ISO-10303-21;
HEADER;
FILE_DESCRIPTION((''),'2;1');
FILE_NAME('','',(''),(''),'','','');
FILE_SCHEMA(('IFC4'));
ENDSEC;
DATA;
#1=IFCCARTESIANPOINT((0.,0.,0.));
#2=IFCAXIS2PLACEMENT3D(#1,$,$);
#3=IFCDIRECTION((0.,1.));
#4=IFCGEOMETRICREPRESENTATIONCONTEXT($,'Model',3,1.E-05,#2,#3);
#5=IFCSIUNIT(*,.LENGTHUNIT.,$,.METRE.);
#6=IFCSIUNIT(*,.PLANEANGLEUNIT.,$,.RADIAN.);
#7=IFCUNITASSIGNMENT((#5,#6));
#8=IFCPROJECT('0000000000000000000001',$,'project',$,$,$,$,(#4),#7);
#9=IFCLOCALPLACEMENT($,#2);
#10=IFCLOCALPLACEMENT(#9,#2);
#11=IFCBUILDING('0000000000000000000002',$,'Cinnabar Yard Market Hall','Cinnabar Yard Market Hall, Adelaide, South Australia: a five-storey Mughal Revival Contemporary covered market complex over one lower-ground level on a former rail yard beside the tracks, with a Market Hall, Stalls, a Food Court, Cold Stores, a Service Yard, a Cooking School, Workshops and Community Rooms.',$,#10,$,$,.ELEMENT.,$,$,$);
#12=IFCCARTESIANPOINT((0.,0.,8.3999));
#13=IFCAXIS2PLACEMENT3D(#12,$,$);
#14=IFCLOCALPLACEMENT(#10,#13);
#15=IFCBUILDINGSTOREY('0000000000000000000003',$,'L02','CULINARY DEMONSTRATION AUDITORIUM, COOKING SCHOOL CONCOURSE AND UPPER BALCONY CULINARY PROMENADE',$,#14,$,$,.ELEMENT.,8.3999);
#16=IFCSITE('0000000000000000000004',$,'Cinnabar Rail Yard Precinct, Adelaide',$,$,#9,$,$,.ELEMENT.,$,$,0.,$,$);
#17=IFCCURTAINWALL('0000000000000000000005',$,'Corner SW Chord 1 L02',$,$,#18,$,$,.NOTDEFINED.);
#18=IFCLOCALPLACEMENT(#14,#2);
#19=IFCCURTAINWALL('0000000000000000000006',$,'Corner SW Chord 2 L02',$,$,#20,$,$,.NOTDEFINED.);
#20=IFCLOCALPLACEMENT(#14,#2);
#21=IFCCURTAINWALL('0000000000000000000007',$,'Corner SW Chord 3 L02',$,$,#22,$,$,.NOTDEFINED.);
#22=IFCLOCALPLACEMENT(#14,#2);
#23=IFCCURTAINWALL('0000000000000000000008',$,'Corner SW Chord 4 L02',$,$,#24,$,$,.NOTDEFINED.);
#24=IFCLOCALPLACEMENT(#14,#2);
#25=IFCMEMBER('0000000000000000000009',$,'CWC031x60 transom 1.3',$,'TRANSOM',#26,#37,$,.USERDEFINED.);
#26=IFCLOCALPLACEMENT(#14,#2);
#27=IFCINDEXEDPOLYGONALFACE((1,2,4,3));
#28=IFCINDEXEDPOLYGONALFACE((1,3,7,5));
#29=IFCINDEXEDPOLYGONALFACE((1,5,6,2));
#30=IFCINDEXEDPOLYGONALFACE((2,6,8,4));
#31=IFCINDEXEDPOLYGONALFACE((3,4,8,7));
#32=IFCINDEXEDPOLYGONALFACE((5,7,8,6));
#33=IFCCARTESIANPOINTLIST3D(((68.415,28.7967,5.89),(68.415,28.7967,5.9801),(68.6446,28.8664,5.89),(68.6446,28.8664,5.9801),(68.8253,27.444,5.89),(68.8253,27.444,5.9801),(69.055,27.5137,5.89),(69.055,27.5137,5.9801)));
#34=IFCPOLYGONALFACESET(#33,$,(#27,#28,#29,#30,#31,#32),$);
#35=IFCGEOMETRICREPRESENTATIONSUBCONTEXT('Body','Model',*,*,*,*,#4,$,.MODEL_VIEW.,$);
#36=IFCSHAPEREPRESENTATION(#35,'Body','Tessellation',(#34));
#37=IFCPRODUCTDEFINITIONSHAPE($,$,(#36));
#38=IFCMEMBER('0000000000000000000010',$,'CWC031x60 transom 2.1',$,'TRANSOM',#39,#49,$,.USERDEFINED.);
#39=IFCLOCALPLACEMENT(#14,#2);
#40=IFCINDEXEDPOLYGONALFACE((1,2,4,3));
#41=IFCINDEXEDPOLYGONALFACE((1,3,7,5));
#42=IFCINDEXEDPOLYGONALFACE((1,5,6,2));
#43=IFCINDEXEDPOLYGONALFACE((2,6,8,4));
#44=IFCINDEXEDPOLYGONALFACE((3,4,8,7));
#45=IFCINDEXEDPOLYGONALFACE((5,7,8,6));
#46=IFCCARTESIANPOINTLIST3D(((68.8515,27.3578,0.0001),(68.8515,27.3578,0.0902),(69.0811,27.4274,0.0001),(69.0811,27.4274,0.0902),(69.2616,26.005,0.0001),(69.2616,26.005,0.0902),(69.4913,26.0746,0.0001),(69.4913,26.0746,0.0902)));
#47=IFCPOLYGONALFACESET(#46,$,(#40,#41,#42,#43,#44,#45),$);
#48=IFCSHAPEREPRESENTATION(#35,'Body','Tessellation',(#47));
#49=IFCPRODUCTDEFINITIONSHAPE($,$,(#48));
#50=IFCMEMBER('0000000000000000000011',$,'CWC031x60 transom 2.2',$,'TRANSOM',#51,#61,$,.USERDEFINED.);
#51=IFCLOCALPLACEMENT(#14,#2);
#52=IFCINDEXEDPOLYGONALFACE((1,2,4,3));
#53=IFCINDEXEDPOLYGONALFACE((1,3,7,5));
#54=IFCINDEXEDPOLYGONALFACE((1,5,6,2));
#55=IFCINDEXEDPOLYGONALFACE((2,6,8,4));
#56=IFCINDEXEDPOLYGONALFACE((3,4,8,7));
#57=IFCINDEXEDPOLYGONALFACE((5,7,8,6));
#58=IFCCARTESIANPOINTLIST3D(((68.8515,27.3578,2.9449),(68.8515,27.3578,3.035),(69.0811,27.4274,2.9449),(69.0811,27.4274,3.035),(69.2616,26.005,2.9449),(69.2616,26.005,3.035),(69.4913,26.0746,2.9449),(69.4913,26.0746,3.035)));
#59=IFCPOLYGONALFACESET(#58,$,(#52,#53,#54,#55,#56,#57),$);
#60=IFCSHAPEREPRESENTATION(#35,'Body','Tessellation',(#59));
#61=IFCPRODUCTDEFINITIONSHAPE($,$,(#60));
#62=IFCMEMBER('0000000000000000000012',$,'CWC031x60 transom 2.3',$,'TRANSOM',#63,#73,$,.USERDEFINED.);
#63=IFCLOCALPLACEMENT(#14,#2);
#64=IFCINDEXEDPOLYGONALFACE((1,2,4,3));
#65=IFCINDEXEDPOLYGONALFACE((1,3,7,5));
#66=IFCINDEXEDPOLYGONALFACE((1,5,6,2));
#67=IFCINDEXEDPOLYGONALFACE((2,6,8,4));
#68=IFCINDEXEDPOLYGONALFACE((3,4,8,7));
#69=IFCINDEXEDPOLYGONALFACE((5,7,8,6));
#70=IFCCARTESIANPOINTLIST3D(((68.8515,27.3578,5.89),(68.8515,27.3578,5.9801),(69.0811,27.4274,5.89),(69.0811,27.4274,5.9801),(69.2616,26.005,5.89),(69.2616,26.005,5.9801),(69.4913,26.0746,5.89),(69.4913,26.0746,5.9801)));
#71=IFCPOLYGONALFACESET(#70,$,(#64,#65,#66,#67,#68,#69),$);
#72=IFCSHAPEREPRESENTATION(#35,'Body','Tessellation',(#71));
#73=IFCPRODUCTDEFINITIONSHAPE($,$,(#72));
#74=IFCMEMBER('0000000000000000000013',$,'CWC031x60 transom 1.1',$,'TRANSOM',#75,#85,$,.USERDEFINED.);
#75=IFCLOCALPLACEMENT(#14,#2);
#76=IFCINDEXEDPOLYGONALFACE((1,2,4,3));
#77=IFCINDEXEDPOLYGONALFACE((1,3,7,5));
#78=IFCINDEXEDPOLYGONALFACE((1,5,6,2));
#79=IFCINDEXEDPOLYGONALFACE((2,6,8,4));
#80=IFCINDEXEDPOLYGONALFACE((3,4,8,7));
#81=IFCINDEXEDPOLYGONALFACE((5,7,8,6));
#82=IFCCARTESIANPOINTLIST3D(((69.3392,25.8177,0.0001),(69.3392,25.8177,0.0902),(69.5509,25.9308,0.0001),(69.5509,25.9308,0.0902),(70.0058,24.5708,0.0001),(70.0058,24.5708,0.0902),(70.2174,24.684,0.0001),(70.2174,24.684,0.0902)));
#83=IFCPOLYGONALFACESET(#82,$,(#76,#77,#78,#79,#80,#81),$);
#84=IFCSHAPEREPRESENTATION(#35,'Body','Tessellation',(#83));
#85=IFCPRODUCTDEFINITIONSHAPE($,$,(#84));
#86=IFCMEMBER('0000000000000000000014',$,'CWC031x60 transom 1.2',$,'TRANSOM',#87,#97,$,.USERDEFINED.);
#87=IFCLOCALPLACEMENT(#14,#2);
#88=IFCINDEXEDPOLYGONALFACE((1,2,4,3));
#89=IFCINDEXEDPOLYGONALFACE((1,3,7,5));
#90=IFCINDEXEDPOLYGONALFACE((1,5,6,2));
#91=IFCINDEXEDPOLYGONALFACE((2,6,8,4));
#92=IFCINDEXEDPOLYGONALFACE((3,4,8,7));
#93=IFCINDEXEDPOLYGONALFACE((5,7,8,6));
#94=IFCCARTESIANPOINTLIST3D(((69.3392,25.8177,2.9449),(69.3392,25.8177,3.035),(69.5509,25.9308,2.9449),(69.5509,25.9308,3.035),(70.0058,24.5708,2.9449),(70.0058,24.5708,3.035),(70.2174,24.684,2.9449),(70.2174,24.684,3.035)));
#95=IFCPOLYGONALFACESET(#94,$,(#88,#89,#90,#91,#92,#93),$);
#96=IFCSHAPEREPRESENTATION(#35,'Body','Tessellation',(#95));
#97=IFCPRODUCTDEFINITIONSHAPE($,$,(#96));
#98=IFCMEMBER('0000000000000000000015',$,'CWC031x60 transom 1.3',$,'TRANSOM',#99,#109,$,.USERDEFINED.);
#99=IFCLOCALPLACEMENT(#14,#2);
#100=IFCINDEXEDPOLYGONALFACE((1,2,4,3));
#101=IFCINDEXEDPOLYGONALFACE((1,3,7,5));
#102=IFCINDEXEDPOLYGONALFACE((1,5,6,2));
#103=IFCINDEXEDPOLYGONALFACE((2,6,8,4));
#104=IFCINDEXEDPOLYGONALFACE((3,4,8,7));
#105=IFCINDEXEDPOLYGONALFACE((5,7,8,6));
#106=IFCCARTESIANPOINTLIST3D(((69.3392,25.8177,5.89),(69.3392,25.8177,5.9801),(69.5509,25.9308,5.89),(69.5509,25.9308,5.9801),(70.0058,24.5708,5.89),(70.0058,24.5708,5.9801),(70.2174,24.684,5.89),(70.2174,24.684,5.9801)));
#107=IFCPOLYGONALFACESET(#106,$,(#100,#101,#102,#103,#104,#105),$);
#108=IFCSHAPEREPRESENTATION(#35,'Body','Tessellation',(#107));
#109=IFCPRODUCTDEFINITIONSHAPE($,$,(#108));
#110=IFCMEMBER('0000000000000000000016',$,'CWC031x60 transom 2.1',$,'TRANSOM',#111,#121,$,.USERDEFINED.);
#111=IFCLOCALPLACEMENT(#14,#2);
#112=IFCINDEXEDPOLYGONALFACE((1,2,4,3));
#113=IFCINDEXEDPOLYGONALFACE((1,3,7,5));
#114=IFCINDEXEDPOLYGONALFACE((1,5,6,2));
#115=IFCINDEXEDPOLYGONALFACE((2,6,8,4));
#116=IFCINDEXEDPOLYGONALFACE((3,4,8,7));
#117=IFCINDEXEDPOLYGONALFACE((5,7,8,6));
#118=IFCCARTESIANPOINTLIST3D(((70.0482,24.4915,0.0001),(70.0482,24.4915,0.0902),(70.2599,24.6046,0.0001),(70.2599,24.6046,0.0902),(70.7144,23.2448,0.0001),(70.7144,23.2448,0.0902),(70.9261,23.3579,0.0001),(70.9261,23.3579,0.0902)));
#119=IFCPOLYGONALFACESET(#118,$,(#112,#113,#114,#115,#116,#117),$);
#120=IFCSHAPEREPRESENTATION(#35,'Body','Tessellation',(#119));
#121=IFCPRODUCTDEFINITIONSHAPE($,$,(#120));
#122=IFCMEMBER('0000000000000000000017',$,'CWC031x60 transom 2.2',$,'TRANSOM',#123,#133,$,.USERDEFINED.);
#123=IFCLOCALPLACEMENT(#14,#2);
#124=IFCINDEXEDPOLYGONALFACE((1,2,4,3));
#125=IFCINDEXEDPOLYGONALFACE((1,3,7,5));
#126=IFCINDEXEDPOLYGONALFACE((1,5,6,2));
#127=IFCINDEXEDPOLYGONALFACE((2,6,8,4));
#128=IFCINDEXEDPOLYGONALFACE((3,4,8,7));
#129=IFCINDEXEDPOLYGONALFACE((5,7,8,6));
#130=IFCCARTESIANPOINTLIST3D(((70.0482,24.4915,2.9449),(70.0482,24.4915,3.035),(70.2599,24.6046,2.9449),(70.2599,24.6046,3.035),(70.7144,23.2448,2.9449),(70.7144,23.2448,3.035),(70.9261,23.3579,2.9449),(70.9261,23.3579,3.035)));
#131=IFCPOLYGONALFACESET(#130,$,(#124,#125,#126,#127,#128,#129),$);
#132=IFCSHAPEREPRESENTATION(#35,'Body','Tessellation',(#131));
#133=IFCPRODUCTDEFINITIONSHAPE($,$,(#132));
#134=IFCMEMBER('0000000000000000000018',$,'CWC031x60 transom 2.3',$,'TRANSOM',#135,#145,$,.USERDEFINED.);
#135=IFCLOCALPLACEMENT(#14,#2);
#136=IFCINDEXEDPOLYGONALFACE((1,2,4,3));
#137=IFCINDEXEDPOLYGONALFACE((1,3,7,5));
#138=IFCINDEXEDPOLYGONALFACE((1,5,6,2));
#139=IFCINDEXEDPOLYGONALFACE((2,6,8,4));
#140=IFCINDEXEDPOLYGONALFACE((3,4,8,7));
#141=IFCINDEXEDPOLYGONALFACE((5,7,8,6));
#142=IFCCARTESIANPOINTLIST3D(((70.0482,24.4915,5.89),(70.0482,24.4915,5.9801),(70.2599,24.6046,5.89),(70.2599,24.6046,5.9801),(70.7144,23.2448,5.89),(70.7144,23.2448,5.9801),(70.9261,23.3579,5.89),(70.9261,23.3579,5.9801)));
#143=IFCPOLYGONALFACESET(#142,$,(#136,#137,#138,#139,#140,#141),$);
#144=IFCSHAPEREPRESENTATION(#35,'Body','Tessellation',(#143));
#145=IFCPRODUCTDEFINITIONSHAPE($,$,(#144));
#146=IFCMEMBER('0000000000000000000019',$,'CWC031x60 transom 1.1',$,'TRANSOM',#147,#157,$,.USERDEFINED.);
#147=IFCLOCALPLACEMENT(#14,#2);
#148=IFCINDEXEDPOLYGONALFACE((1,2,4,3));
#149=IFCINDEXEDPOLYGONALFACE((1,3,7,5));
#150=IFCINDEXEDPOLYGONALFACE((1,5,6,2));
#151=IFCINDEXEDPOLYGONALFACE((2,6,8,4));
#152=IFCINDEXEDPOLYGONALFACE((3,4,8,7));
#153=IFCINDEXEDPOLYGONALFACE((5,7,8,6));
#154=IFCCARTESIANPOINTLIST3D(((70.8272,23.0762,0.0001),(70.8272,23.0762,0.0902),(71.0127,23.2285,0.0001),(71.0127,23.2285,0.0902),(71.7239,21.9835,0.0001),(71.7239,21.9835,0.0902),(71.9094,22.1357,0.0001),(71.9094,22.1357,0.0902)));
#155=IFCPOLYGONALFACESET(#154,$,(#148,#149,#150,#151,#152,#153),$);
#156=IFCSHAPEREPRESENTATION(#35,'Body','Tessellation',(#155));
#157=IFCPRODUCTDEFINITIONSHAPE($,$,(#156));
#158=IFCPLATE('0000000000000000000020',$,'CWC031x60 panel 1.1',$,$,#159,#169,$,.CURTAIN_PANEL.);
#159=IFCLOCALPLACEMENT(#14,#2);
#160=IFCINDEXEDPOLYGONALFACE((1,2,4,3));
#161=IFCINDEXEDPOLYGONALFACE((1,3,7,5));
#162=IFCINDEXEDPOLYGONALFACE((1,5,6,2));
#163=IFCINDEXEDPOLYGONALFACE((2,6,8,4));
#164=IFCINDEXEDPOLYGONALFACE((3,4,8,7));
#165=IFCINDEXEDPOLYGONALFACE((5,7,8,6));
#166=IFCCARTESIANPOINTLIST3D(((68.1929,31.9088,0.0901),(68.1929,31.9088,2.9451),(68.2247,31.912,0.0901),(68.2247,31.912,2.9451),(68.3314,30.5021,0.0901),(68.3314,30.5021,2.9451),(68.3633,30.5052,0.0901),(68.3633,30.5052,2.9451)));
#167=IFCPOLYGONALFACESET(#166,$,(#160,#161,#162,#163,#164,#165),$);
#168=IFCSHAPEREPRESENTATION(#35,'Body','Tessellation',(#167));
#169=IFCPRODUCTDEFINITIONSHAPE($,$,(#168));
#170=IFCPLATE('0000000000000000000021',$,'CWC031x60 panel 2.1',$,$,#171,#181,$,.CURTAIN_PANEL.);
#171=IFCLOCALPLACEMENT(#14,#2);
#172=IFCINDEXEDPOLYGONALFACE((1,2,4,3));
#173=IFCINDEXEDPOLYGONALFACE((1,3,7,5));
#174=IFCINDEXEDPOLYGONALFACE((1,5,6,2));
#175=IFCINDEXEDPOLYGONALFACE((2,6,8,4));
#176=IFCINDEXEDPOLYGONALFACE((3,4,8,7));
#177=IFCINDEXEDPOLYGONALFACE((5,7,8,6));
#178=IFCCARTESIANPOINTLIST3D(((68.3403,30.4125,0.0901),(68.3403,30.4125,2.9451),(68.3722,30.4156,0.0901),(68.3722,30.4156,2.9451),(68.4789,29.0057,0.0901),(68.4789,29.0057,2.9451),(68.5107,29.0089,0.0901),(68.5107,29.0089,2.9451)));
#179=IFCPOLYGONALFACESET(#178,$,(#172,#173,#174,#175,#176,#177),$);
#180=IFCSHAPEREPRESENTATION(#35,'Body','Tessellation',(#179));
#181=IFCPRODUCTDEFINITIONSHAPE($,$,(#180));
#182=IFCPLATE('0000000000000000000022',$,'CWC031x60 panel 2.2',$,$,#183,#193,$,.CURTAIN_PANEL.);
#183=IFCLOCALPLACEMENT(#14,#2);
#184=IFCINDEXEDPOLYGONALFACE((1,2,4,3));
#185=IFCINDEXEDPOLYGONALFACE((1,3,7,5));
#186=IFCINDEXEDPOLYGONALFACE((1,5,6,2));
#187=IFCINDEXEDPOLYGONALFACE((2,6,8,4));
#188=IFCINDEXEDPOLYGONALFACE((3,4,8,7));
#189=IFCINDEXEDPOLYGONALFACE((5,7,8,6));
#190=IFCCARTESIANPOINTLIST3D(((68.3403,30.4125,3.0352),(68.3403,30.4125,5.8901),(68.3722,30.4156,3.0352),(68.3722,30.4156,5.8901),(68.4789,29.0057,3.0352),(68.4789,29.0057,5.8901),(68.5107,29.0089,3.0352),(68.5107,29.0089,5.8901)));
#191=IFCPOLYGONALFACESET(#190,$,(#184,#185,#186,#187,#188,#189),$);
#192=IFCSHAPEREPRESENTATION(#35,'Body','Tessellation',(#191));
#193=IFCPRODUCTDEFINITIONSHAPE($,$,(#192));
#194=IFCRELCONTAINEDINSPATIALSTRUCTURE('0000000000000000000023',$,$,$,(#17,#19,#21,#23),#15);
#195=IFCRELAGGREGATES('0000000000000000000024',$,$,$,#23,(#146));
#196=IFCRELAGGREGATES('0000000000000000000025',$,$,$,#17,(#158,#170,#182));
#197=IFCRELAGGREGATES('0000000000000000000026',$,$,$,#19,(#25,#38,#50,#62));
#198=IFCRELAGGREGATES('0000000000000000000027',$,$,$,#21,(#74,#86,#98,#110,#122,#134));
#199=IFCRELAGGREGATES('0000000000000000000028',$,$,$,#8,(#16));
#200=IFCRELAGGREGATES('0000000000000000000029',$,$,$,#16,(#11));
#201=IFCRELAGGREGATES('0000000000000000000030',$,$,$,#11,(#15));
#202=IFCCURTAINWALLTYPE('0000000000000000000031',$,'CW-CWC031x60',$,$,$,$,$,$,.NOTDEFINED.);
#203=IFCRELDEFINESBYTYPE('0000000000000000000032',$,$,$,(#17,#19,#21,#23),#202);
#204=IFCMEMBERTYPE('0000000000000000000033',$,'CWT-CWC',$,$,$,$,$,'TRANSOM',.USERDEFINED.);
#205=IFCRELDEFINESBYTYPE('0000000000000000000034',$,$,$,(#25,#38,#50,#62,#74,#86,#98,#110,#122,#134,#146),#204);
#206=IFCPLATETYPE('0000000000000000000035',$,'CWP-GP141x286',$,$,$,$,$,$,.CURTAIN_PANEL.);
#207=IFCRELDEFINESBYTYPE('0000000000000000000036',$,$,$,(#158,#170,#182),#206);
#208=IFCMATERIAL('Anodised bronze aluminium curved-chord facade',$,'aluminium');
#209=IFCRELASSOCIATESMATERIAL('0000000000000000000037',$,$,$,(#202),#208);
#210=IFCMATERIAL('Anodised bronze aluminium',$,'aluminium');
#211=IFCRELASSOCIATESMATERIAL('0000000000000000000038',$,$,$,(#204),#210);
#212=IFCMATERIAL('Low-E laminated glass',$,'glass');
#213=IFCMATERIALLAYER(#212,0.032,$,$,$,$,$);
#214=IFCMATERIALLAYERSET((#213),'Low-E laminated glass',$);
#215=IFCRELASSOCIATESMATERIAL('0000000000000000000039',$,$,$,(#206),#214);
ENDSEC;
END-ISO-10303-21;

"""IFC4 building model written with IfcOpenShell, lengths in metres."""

from ifc_helpers import new_model, si_unit, direction, frame, origin, origin_2d_with_axis, place, context, subcontext, project, spatial, rectangle, extrude, material, layer, layer_set, material_profile, profile_set, type_object, element, aggregate, save


model = new_model("IFC4")

# Units and contexts
model_context = context("Model", 3, precision=1e-05, world=origin(), true_north=direction((0.0, 1.0)))
body_context = subcontext(model_context, "Body", "Model", "MODEL_VIEW")
ifc_project = project(units=[si_unit("LENGTHUNIT", "METRE"), si_unit("PLANEANGLEUNIT", "RADIAN")], contexts=[model_context])

# Site, building, storey
site_placement = place(None, origin())
site = spatial("IfcSite", under=ifc_project, at=site_placement, Name="Cinnabar Rail Yard Precinct, Adelaide", CompositionType="ELEMENT", RefElevation=0.0)
building_placement = place(site_placement, origin())
building = spatial("IfcBuilding", under=site, at=building_placement, Name="Cinnabar Yard Market Hall", Description="Cinnabar Yard Market Hall, Adelaide, South Australia: a five-storey Mughal Revival Contemporary covered market complex over one lower-ground level on a former rail yard beside the tracks, with a Market Hall, Stalls, a Food Court, Cold Stores, a Service Yard, a Cooking School, Workshops and Community Rooms.", CompositionType="ELEMENT")
storey_placement = place(building_placement, frame((0.0, 0.0, 8.3999)))
storey = spatial("IfcBuildingStorey", under=building, at=storey_placement, Name="L02", Description="CULINARY DEMONSTRATION AUDITORIUM, COOKING SCHOOL CONCOURSE AND UPPER BALCONY CULINARY PROMENADE", CompositionType="ELEMENT", Elevation=8.3999)

# Curtain walls
ifc_material_1 = material(Name="Anodised bronze aluminium curved-chord facade", Category="aluminium")
curtain_wall_type = type_object("IfcCurtainWallType", Name="CW-CWC031x60", PredefinedType="NOTDEFINED", material=ifc_material_1)
curtain_wall_1_placement = place(storey_placement, origin())
curtain_wall_1 = element("IfcCurtainWall", 1, at=curtain_wall_1_placement, inside=storey, type_object=curtain_wall_type, Name="Corner SW Chord 1 L02", PredefinedType="NOTDEFINED")
ifc_material_2 = material(Name="Anodised bronze aluminium", Category="aluminium")
curtain_wall_2_placement = place(storey_placement, origin())
curtain_wall_2 = element("IfcCurtainWall", 2, at=curtain_wall_2_placement, inside=storey, type_object=curtain_wall_type, Name="Corner SW Chord 2 L02", PredefinedType="NOTDEFINED")
curtain_wall_3_placement = place(storey_placement, origin())
curtain_wall_3 = element("IfcCurtainWall", 3, at=curtain_wall_3_placement, inside=storey, type_object=curtain_wall_type, Name="Corner SW Chord 3 L02", PredefinedType="NOTDEFINED")

# Curtain wall
curtain_wall_4_placement = place(storey_placement, origin())
curtain_wall_4 = element("IfcCurtainWall", 4, at=curtain_wall_4_placement, inside=storey, type_object=curtain_wall_type, Name="Corner SW Chord 4 L02", PredefinedType="NOTDEFINED")

# Members
ifc_material_profile_1 = material_profile(ifc_material_2, rectangle(XDim=0.24, YDim=0.0901, at=origin_2d_with_axis()), Name="TRN-CWC")
ifc_profile_set_1 = profile_set([ifc_material_profile_1], Name="Anodised bronze aluminium")
member_type_1 = type_object("IfcMemberType", Name="CWT-CWC", ElementType="TRANSOM", PredefinedType="USERDEFINED", material=ifc_profile_set_1)
member_1_placement = place(storey_placement, frame((68.5298, 28.8315, 5.9351), z_axis=(0.290309, -0.956933, 0.0), x_axis=(0.956933, 0.290309, 0.0)))
member_1 = element("IfcMember", 5, at=member_1_placement, type_object=member_type_1, Name="CWC031x60 transom 1.3", ObjectType="TRANSOM", PredefinedType="USERDEFINED", context=body_context, shape_type="SweptSolid", body=[
    extrude(rectangle(XDim=0.24, YDim=0.0901, at=origin_2d_with_axis()), origin(), (0.0, 0.0, 1.0), 1.4136),
])
member_2_placement = place(storey_placement, frame((68.9663, 27.3926, 0.0452), z_axis=(0.290151, -0.956981, 0.0), x_axis=(0.956981, 0.290151, 0.0)))
member_2 = element("IfcMember", 6, at=member_2_placement, type_object=member_type_1, Name="CWC031x60 transom 2.1", ObjectType="TRANSOM", PredefinedType="USERDEFINED", context=body_context, shape_type="SweptSolid", body=[
    extrude(rectangle(XDim=0.24, YDim=0.0901, at=origin_2d_with_axis()), origin(), (0.0, 0.0, 1.0), 1.4136),
])
member_3_placement = place(storey_placement, frame((68.9663, 27.3926, 2.99), z_axis=(0.290151, -0.956981, 0.0), x_axis=(0.956981, 0.290151, 0.0)))
member_3 = element("IfcMember", 7, at=member_3_placement, type_object=member_type_1, Name="CWC031x60 transom 2.2", ObjectType="TRANSOM", PredefinedType="USERDEFINED", context=body_context, shape_type="SweptSolid", body=[
    extrude(rectangle(XDim=0.24, YDim=0.0901, at=origin_2d_with_axis()), origin(), (0.0, 0.0, 1.0), 1.4136),
])
member_4_placement = place(storey_placement, frame((68.9663, 27.3926, 5.9351), z_axis=(0.290151, -0.956981, 0.0), x_axis=(0.956981, 0.290151, 0.0)))
member_4 = element("IfcMember", 8, at=member_4_placement, type_object=member_type_1, Name="CWC031x60 transom 2.3", ObjectType="TRANSOM", PredefinedType="USERDEFINED", context=body_context, shape_type="SweptSolid", body=[
    extrude(rectangle(XDim=0.24, YDim=0.0901, at=origin_2d_with_axis()), origin(), (0.0, 0.0, 1.0), 1.4136),
])
member_5_placement = place(storey_placement, frame((69.4451, 25.8743, 0.0452), z_axis=(0.471431, -0.881903, 0.0), x_axis=(0.881903, 0.471431, 0.0)))
member_5 = element("IfcMember", 9, at=member_5_placement, type_object=member_type_1, Name="CWC031x60 transom 1.1", ObjectType="TRANSOM", PredefinedType="USERDEFINED", context=body_context, shape_type="SweptSolid", body=[
    extrude(rectangle(XDim=0.24, YDim=0.0901, at=origin_2d_with_axis()), origin(), (0.0, 0.0, 1.0), 1.4138),
])
member_6_placement = place(storey_placement, frame((69.4451, 25.8743, 2.99), z_axis=(0.471431, -0.881903, 0.0), x_axis=(0.881903, 0.471431, 0.0)))
member_6 = element("IfcMember", 10, at=member_6_placement, type_object=member_type_1, Name="CWC031x60 transom 1.2", ObjectType="TRANSOM", PredefinedType="USERDEFINED", context=body_context, shape_type="SweptSolid", body=[
    extrude(rectangle(XDim=0.24, YDim=0.0901, at=origin_2d_with_axis()), origin(), (0.0, 0.0, 1.0), 1.4138),
])
member_7_placement = place(storey_placement, frame((69.4451, 25.8743, 5.9351), z_axis=(0.471431, -0.881903, 0.0), x_axis=(0.881903, 0.471431, 0.0)))
member_7 = element("IfcMember", 11, at=member_7_placement, type_object=member_type_1, Name="CWC031x60 transom 1.3", ObjectType="TRANSOM", PredefinedType="USERDEFINED", context=body_context, shape_type="SweptSolid", body=[
    extrude(rectangle(XDim=0.24, YDim=0.0901, at=origin_2d_with_axis()), origin(), (0.0, 0.0, 1.0), 1.4138),
])
member_8_placement = place(storey_placement, frame((70.1541, 24.5481, 0.0452), z_axis=(0.471296, -0.881975, 0.0), x_axis=(0.881975, 0.471296, 0.0)))
member_8 = element("IfcMember", 12, at=member_8_placement, type_object=member_type_1, Name="CWC031x60 transom 2.1", ObjectType="TRANSOM", PredefinedType="USERDEFINED", context=body_context, shape_type="SweptSolid", body=[
    extrude(rectangle(XDim=0.24, YDim=0.0901, at=origin_2d_with_axis()), origin(), (0.0, 0.0, 1.0), 1.4136),
])
member_9_placement = place(storey_placement, frame((70.1541, 24.5481, 2.99), z_axis=(0.471296, -0.881975, 0.0), x_axis=(0.881975, 0.471296, 0.0)))
member_9 = element("IfcMember", 13, at=member_9_placement, type_object=member_type_1, Name="CWC031x60 transom 2.2", ObjectType="TRANSOM", PredefinedType="USERDEFINED", context=body_context, shape_type="SweptSolid", body=[
    extrude(rectangle(XDim=0.24, YDim=0.0901, at=origin_2d_with_axis()), origin(), (0.0, 0.0, 1.0), 1.4136),
])
member_10_placement = place(storey_placement, frame((70.1541, 24.5481, 5.9351), z_axis=(0.471296, -0.881975, 0.0), x_axis=(0.881975, 0.471296, 0.0)))
member_10 = element("IfcMember", 14, at=member_10_placement, type_object=member_type_1, Name="CWC031x60 transom 2.3", ObjectType="TRANSOM", PredefinedType="USERDEFINED", context=body_context, shape_type="SweptSolid", body=[
    extrude(rectangle(XDim=0.24, YDim=0.0901, at=origin_2d_with_axis()), origin(), (0.0, 0.0, 1.0), 1.4136),
])
member_11_placement = place(storey_placement, frame((70.9199, 23.1523, 0.0452), z_axis=(0.634356, -0.773041, 0.0), x_axis=(0.773041, 0.634356, 0.0)))
member_11 = element("IfcMember", 15, at=member_11_placement, type_object=member_type_1, Name="CWC031x60 transom 1.1", ObjectType="TRANSOM", PredefinedType="USERDEFINED", context=body_context, shape_type="SweptSolid", body=[
    extrude(rectangle(XDim=0.24, YDim=0.0901, at=origin_2d_with_axis()), origin(), (0.0, 0.0, 1.0), 1.4136),
])
aggregate(curtain_wall_4, [member_11])

# Plates
ifc_material_3 = material(Name="Low-E laminated glass", Category="glass")
ifc_layer_1 = layer(ifc_material_3, 0.032)
ifc_layer_set_1 = layer_set([ifc_layer_1], Name="Low-E laminated glass")
plate_type = type_object("IfcPlateType", Name="CWP-GP141x286", PredefinedType="CURTAIN_PANEL", material=ifc_layer_set_1)
plate_1_placement = place(storey_placement, frame((68.2781, 31.207, 0.0901), z_axis=(0.0, 0.0, 1.0), x_axis=(0.09802, -0.995184, 0.0)))
plate_1 = element("IfcPlate", 16, at=plate_1_placement, type_object=plate_type, Name="CWC031x60 panel 1.1", PredefinedType="CURTAIN_PANEL", context=body_context, shape_type="SweptSolid", body=[
    extrude(rectangle(XDim=1.4136, YDim=0.032, at=origin_2d_with_axis()), origin(), (0.0, 0.0, 1.0), 2.855),
])
plate_2_placement = place(storey_placement, frame((68.4255, 29.7107, 0.0901), z_axis=(0.0, 0.0, 1.0), x_axis=(0.09802, -0.995184, 0.0)))
plate_2 = element("IfcPlate", 17, at=plate_2_placement, type_object=plate_type, Name="CWC031x60 panel 2.1", PredefinedType="CURTAIN_PANEL", context=body_context, shape_type="SweptSolid", body=[
    extrude(rectangle(XDim=1.4136, YDim=0.032, at=origin_2d_with_axis()), origin(), (0.0, 0.0, 1.0), 2.855),
])
plate_3_placement = place(storey_placement, frame((68.4255, 29.7107, 3.0352), z_axis=(0.0, 0.0, 1.0), x_axis=(0.09802, -0.995184, 0.0)))
plate_3 = element("IfcPlate", 18, at=plate_3_placement, type_object=plate_type, Name="CWC031x60 panel 2.2", PredefinedType="CURTAIN_PANEL", context=body_context, shape_type="SweptSolid", body=[
    extrude(rectangle(XDim=1.4136, YDim=0.032, at=origin_2d_with_axis()), origin(), (0.0, 0.0, 1.0), 2.855),
])
aggregate(curtain_wall_1, [plate_1, plate_2, plate_3])
aggregate(curtain_wall_2, [member_1, member_2, member_3, member_4])
aggregate(curtain_wall_3, [member_5, member_6, member_7, member_8, member_9, member_10])

save(model, "model.ifc")
